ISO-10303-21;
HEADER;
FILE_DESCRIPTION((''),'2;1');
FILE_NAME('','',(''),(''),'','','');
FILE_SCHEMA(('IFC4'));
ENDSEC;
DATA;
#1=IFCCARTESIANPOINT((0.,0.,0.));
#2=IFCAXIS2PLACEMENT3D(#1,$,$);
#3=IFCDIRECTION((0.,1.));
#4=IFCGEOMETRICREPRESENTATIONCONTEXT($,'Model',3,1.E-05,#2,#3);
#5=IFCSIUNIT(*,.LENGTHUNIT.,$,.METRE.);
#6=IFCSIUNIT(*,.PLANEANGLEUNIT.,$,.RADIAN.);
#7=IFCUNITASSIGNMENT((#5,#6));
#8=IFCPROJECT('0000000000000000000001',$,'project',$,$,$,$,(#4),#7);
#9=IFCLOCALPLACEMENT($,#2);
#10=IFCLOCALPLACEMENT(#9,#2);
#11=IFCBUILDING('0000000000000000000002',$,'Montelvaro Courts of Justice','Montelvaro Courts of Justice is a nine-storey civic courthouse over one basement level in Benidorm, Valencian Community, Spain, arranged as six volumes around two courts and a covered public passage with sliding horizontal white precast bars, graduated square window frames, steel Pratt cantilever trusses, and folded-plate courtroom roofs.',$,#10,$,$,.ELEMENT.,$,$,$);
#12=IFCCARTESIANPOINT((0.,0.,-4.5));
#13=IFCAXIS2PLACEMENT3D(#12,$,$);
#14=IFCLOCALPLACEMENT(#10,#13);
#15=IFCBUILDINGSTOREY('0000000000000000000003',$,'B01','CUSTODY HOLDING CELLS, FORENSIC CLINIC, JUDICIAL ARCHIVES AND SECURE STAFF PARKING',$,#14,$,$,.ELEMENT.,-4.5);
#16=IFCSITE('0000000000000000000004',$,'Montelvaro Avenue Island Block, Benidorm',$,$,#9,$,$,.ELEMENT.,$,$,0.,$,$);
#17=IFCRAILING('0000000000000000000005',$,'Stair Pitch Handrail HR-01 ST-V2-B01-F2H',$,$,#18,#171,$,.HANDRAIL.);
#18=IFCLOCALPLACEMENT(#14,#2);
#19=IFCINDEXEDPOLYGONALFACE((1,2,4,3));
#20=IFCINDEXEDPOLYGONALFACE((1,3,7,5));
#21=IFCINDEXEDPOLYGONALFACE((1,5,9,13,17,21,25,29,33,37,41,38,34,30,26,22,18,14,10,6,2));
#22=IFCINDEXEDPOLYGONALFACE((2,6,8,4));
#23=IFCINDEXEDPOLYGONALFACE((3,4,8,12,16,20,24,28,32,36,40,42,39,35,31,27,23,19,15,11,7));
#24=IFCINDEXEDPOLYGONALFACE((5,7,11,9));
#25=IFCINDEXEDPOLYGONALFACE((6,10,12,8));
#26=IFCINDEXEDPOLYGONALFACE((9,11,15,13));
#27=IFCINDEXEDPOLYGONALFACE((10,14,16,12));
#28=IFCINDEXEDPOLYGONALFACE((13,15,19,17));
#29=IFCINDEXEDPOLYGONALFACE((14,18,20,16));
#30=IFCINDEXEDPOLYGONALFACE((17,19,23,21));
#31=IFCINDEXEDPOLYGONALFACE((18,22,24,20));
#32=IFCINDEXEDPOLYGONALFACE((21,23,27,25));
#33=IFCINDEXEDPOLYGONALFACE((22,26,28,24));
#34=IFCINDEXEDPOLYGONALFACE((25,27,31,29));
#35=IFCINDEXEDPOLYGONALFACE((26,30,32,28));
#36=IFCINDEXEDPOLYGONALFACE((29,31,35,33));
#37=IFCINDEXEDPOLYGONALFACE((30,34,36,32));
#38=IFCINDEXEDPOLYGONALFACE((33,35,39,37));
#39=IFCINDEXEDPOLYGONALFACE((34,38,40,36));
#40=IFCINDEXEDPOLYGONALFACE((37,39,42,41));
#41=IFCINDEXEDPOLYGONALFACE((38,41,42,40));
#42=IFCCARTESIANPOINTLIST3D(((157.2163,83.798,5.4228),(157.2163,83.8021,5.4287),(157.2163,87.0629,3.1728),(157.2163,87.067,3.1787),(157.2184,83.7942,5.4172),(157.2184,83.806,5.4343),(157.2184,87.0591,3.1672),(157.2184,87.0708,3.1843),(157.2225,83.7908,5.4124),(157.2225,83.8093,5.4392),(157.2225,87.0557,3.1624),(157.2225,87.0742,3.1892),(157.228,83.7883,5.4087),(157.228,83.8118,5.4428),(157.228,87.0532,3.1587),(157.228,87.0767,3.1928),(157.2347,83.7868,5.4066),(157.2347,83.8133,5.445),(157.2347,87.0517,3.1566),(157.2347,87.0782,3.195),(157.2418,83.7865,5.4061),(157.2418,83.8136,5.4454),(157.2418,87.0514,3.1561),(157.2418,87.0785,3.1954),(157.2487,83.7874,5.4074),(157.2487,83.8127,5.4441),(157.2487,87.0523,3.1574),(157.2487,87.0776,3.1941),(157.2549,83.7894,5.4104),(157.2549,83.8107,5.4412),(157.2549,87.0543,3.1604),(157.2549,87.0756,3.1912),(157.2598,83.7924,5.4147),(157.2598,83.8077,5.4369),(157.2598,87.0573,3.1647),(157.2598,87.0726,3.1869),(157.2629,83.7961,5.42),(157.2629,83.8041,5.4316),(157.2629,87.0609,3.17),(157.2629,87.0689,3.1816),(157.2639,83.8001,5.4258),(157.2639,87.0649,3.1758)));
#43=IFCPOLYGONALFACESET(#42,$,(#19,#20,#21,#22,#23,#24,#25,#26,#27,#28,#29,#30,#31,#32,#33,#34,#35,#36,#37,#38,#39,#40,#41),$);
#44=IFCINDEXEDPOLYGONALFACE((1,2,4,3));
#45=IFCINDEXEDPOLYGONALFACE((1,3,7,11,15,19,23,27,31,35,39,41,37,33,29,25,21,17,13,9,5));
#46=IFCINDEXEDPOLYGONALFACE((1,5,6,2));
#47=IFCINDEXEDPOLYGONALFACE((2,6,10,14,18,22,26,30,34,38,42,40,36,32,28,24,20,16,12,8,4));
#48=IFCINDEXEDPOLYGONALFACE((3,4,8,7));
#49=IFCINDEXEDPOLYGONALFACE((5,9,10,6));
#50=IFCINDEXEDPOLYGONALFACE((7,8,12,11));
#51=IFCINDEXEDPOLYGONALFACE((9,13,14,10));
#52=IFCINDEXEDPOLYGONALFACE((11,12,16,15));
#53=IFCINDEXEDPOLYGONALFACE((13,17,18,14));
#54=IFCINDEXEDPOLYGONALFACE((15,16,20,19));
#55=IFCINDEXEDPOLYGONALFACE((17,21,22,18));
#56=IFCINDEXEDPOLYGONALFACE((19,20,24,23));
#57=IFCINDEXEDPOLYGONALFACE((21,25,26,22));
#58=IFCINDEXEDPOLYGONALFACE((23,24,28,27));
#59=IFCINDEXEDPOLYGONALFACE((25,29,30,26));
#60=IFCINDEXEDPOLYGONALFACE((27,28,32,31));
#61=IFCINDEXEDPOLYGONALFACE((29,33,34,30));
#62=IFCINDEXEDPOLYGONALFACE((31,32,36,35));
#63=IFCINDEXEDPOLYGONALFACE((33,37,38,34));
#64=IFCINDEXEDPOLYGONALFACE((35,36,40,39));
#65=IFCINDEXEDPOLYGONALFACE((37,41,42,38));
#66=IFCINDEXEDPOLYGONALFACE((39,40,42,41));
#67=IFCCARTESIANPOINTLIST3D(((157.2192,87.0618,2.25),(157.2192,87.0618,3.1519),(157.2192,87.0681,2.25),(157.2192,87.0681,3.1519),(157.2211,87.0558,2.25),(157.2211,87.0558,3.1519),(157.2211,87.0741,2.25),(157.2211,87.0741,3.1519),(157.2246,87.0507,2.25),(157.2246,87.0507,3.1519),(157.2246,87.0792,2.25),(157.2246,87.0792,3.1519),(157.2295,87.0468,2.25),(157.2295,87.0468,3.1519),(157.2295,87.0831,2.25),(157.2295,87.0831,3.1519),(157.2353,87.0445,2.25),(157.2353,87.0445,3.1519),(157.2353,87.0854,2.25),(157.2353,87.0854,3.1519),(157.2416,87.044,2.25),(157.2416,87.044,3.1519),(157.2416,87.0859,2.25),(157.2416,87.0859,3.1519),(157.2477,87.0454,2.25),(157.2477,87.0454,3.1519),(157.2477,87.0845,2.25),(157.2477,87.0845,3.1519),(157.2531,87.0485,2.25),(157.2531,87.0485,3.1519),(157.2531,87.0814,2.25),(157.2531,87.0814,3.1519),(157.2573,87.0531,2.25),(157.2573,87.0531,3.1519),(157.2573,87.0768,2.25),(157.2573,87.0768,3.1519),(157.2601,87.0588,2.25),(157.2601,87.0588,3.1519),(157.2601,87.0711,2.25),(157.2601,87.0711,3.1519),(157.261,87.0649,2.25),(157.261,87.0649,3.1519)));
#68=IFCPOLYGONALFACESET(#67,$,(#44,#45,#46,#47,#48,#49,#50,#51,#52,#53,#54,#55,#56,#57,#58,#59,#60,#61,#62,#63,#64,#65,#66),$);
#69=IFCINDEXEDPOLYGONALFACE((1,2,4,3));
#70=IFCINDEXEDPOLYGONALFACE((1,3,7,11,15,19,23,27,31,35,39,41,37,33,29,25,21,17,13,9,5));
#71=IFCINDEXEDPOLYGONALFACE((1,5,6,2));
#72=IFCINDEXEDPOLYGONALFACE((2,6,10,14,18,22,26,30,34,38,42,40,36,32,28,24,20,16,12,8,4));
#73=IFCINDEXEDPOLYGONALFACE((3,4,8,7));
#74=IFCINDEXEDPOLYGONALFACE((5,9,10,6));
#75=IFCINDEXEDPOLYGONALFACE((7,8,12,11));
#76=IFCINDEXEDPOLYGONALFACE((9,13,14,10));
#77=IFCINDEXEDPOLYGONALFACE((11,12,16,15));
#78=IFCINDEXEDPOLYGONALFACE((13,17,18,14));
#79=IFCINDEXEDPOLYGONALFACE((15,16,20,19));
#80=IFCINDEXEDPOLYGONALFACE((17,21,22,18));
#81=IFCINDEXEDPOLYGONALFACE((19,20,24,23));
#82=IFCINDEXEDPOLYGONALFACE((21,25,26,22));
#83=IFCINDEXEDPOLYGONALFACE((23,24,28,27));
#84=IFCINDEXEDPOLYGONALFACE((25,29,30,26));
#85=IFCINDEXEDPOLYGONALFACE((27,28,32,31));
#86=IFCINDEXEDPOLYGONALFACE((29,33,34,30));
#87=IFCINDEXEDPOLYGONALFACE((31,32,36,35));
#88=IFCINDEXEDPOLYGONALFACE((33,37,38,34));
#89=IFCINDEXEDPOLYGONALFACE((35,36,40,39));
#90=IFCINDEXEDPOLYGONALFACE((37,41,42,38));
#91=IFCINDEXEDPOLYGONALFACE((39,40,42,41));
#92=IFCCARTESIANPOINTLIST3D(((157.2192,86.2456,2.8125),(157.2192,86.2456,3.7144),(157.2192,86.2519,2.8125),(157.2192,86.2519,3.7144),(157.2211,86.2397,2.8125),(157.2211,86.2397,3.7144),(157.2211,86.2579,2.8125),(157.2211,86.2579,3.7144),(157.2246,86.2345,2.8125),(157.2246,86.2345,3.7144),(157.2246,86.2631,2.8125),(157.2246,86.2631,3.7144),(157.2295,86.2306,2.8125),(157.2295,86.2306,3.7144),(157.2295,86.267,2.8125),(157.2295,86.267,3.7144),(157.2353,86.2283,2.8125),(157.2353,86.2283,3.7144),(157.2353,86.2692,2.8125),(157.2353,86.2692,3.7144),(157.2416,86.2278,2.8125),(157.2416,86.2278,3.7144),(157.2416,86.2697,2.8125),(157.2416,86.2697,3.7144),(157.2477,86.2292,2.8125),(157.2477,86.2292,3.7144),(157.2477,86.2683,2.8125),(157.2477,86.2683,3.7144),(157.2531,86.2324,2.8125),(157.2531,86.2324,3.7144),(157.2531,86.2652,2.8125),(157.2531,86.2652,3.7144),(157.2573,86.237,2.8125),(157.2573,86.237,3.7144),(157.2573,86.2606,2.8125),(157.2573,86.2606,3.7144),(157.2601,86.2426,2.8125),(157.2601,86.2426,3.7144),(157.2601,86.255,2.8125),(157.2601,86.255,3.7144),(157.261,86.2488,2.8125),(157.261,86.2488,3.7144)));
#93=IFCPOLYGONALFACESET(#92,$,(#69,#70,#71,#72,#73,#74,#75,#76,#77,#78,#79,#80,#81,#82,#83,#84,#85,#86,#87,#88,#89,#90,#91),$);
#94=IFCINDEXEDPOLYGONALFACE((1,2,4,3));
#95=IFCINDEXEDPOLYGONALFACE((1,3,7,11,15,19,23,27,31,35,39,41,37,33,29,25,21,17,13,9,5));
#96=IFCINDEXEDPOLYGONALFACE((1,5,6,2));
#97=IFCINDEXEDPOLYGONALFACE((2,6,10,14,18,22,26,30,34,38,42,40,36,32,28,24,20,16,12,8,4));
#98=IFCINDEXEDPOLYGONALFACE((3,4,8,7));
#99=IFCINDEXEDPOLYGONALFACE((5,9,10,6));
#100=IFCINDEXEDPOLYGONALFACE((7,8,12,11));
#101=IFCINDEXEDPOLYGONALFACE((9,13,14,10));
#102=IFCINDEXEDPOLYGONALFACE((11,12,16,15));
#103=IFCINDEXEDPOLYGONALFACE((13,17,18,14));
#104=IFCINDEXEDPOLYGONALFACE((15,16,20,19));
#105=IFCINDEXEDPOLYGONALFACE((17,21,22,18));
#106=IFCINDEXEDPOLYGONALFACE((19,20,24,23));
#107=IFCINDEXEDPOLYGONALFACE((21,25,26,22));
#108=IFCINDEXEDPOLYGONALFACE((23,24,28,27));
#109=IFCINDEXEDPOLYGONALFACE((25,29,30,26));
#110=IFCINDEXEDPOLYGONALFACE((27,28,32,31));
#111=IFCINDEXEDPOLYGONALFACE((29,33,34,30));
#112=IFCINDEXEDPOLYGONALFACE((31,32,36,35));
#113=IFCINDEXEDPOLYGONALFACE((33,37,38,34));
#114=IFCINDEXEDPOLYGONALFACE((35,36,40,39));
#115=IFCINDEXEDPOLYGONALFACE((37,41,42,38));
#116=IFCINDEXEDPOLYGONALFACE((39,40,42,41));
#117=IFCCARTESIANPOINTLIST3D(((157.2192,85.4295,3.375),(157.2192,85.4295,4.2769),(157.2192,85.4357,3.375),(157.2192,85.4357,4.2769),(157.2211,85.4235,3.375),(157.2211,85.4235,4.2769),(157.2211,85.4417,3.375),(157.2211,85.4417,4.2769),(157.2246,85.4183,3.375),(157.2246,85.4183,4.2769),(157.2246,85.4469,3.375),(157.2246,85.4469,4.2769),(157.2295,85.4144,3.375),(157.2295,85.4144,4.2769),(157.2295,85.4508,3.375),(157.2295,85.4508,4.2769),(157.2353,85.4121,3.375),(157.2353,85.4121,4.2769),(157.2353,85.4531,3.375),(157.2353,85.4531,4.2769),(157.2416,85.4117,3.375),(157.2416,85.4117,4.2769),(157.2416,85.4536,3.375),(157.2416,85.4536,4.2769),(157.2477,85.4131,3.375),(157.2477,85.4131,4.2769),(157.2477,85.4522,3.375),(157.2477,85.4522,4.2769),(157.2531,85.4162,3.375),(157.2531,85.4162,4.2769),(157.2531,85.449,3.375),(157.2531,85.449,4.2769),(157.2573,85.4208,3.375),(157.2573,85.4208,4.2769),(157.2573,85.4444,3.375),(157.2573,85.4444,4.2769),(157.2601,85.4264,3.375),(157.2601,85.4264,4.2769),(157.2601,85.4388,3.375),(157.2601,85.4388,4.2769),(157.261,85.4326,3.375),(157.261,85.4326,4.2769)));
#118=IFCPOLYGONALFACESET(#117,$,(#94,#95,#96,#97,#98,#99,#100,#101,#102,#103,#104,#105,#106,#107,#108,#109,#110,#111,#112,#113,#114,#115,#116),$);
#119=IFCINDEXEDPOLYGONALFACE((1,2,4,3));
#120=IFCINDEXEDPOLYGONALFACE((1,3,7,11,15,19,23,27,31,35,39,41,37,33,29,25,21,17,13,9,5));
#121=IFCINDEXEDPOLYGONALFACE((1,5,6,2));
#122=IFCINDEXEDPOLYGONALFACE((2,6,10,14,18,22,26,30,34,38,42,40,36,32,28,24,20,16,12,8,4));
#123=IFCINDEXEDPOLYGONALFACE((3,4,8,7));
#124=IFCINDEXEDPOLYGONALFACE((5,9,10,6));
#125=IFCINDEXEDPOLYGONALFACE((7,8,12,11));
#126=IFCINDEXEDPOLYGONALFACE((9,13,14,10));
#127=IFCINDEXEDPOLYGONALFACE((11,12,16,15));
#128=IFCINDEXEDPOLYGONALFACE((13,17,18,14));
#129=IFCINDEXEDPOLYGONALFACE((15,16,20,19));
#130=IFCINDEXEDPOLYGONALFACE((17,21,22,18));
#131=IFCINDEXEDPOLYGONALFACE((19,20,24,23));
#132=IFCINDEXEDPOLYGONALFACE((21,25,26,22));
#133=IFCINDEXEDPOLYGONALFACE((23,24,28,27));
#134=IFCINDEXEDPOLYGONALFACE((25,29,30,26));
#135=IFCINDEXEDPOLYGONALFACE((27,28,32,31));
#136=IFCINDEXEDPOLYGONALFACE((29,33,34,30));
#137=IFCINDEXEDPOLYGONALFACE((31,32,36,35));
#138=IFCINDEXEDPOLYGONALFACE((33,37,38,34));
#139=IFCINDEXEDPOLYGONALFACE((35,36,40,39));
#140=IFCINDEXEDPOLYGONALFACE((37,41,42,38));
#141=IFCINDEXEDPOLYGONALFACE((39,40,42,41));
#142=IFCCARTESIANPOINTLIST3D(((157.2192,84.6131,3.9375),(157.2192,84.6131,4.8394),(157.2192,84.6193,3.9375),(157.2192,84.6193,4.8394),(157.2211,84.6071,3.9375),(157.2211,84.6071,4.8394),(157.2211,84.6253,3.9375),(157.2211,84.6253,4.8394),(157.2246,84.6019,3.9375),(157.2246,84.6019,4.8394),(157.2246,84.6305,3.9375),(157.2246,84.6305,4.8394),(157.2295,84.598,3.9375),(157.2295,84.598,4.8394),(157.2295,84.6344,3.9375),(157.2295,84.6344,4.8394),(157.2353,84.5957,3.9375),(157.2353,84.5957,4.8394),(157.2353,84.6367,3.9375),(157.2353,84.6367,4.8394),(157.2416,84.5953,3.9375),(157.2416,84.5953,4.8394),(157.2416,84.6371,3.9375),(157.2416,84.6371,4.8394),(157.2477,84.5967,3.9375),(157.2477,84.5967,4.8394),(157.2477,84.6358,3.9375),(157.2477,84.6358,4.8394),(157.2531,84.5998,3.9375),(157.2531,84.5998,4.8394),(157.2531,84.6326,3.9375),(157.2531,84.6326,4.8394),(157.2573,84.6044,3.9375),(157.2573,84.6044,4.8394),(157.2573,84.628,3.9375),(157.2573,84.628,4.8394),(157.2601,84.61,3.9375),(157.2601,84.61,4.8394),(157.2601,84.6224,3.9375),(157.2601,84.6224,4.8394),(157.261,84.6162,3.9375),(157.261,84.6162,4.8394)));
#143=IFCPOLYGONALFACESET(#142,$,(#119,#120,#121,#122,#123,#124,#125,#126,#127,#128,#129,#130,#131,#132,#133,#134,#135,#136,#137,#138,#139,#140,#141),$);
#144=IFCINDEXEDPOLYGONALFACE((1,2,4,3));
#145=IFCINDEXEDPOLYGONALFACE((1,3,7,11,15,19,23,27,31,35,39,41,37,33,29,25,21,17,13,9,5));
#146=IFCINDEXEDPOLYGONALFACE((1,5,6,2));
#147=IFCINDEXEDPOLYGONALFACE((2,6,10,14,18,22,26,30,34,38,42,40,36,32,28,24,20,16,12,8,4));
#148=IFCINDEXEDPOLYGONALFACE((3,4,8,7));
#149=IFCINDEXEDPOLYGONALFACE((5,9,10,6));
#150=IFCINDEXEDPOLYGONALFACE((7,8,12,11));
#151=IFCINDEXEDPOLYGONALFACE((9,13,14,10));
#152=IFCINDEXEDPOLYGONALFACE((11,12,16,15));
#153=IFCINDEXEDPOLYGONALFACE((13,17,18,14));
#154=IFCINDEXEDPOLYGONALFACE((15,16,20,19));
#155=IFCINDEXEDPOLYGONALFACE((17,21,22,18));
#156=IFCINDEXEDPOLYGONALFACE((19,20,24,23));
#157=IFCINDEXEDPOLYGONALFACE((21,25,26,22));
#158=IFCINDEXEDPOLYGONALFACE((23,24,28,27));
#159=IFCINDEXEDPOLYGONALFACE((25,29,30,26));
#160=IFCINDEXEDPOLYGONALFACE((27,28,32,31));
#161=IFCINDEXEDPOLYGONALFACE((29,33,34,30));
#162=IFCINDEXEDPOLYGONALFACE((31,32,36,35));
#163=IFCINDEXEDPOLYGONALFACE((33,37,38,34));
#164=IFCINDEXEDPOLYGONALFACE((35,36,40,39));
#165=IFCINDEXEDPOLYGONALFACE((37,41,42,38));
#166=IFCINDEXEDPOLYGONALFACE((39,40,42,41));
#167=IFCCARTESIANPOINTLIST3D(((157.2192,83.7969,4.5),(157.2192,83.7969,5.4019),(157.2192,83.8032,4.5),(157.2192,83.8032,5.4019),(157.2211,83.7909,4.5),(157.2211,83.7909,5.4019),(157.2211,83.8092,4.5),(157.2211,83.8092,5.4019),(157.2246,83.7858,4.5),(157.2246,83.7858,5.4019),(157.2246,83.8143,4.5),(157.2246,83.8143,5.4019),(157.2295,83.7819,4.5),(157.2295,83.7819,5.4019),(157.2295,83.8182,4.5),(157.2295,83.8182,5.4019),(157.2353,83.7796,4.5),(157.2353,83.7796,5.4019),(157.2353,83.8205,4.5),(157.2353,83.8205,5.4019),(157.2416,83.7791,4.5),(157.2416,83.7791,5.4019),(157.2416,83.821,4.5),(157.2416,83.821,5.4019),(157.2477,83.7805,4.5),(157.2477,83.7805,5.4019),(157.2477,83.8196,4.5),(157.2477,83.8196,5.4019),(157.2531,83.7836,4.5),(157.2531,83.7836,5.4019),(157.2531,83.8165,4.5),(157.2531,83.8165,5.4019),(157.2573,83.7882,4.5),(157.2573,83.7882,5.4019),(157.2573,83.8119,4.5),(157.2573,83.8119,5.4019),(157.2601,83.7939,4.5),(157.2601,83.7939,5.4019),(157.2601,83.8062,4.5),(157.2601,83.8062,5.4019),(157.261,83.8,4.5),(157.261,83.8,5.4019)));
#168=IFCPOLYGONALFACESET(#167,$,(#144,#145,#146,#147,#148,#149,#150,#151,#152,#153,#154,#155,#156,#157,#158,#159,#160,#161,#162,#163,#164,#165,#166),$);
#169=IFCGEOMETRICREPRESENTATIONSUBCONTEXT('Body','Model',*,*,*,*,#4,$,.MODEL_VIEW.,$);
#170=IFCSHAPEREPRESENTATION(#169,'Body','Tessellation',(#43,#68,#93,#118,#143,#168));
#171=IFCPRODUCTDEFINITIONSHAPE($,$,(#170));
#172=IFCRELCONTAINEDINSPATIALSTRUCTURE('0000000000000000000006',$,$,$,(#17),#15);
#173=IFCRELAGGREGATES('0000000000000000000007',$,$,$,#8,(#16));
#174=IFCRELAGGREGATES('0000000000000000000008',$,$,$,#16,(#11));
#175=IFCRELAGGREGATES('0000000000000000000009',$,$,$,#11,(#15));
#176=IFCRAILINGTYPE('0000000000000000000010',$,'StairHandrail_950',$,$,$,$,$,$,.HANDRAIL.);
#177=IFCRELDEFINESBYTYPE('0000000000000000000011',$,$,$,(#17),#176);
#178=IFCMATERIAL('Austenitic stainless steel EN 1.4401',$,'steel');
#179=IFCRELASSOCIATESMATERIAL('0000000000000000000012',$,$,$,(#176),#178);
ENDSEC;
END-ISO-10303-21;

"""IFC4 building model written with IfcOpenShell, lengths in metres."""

from ifc_helpers import new_model, si_unit, direction, frame, origin, origin_2d, place, context, subcontext, project, spatial, circle, extrude, material, type_object, element, save


model = new_model("IFC4")

# Units and contexts
model_context = context("Model", 3, precision=1e-05, world=origin(), true_north=direction((0.0, 1.0)))
body_context = subcontext(model_context, "Body", "Model", "MODEL_VIEW")
ifc_project = project(units=[si_unit("LENGTHUNIT", "METRE"), si_unit("PLANEANGLEUNIT", "RADIAN")], contexts=[model_context])

# Site, building, storey
site_placement = place(None, origin())
site = spatial("IfcSite", under=ifc_project, at=site_placement, Name="Montelvaro Avenue Island Block, Benidorm", CompositionType="ELEMENT", RefElevation=0.0)
building_placement = place(site_placement, origin())
building = spatial("IfcBuilding", under=site, at=building_placement, Name="Montelvaro Courts of Justice", Description="Montelvaro Courts of Justice is a nine-storey civic courthouse over one basement level in Benidorm, Valencian Community, Spain, arranged as six volumes around two courts and a covered public passage with sliding horizontal white precast bars, graduated square window frames, steel Pratt cantilever trusses, and folded-plate courtroom roofs.", CompositionType="ELEMENT")
storey_placement = place(building_placement, frame((0.0, 0.0, -4.5)))
storey = spatial("IfcBuildingStorey", under=building, at=storey_placement, Name="B01", Description="CUSTODY HOLDING CELLS, FORENSIC CLINIC, JUDICIAL ARCHIVES AND SECURE STAFF PARKING", CompositionType="ELEMENT", Elevation=-4.5)

# Railing
ifc_material_1 = material(Name="Austenitic stainless steel EN 1.4401", Category="steel")
railing_type_1 = type_object("IfcRailingType", Name="StairHandrail_950", PredefinedType="HANDRAIL", material=ifc_material_1)
railing_1_placement = place(storey_placement, frame((157.24, 87.0649, 2.25)))
element("IfcRailing", 1, at=railing_1_placement, inside=storey, type_object=railing_type_1, Name="Stair Pitch Handrail HR-01 ST-V2-B01-F2H", PredefinedType="HANDRAIL", context=body_context, shape_type="SweptSolid", body=[
    extrude(circle(Radius=0.0239, at=origin_2d()), frame((0.0, 0.0, 0.9258), z_axis=(0.0, -0.823407, 0.567451), x_axis=(1.0, 0.0, 0.0)), (0.0, 0.0, 1.0), 3.9651),
    extrude(circle(Radius=0.021, at=origin_2d()), origin(), (0.0, 0.0, 1.0), 0.9019),
    extrude(circle(Radius=0.021, at=origin_2d()), frame((0.0, -0.8162, 0.5625)), (0.0, 0.0, 1.0), 0.9019),
    extrude(circle(Radius=0.021, at=origin_2d()), frame((0.0, -1.6323, 1.125)), (0.0, 0.0, 1.0), 0.9019),
    extrude(circle(Radius=0.021, at=origin_2d()), frame((0.0, -2.4487, 1.6875)), (0.0, 0.0, 1.0), 0.9019),
    extrude(circle(Radius=0.021, at=origin_2d()), frame((0.0, -3.2649, 2.25)), (0.0, 0.0, 1.0), 0.9019),
])

save(model, "model.ifc")
